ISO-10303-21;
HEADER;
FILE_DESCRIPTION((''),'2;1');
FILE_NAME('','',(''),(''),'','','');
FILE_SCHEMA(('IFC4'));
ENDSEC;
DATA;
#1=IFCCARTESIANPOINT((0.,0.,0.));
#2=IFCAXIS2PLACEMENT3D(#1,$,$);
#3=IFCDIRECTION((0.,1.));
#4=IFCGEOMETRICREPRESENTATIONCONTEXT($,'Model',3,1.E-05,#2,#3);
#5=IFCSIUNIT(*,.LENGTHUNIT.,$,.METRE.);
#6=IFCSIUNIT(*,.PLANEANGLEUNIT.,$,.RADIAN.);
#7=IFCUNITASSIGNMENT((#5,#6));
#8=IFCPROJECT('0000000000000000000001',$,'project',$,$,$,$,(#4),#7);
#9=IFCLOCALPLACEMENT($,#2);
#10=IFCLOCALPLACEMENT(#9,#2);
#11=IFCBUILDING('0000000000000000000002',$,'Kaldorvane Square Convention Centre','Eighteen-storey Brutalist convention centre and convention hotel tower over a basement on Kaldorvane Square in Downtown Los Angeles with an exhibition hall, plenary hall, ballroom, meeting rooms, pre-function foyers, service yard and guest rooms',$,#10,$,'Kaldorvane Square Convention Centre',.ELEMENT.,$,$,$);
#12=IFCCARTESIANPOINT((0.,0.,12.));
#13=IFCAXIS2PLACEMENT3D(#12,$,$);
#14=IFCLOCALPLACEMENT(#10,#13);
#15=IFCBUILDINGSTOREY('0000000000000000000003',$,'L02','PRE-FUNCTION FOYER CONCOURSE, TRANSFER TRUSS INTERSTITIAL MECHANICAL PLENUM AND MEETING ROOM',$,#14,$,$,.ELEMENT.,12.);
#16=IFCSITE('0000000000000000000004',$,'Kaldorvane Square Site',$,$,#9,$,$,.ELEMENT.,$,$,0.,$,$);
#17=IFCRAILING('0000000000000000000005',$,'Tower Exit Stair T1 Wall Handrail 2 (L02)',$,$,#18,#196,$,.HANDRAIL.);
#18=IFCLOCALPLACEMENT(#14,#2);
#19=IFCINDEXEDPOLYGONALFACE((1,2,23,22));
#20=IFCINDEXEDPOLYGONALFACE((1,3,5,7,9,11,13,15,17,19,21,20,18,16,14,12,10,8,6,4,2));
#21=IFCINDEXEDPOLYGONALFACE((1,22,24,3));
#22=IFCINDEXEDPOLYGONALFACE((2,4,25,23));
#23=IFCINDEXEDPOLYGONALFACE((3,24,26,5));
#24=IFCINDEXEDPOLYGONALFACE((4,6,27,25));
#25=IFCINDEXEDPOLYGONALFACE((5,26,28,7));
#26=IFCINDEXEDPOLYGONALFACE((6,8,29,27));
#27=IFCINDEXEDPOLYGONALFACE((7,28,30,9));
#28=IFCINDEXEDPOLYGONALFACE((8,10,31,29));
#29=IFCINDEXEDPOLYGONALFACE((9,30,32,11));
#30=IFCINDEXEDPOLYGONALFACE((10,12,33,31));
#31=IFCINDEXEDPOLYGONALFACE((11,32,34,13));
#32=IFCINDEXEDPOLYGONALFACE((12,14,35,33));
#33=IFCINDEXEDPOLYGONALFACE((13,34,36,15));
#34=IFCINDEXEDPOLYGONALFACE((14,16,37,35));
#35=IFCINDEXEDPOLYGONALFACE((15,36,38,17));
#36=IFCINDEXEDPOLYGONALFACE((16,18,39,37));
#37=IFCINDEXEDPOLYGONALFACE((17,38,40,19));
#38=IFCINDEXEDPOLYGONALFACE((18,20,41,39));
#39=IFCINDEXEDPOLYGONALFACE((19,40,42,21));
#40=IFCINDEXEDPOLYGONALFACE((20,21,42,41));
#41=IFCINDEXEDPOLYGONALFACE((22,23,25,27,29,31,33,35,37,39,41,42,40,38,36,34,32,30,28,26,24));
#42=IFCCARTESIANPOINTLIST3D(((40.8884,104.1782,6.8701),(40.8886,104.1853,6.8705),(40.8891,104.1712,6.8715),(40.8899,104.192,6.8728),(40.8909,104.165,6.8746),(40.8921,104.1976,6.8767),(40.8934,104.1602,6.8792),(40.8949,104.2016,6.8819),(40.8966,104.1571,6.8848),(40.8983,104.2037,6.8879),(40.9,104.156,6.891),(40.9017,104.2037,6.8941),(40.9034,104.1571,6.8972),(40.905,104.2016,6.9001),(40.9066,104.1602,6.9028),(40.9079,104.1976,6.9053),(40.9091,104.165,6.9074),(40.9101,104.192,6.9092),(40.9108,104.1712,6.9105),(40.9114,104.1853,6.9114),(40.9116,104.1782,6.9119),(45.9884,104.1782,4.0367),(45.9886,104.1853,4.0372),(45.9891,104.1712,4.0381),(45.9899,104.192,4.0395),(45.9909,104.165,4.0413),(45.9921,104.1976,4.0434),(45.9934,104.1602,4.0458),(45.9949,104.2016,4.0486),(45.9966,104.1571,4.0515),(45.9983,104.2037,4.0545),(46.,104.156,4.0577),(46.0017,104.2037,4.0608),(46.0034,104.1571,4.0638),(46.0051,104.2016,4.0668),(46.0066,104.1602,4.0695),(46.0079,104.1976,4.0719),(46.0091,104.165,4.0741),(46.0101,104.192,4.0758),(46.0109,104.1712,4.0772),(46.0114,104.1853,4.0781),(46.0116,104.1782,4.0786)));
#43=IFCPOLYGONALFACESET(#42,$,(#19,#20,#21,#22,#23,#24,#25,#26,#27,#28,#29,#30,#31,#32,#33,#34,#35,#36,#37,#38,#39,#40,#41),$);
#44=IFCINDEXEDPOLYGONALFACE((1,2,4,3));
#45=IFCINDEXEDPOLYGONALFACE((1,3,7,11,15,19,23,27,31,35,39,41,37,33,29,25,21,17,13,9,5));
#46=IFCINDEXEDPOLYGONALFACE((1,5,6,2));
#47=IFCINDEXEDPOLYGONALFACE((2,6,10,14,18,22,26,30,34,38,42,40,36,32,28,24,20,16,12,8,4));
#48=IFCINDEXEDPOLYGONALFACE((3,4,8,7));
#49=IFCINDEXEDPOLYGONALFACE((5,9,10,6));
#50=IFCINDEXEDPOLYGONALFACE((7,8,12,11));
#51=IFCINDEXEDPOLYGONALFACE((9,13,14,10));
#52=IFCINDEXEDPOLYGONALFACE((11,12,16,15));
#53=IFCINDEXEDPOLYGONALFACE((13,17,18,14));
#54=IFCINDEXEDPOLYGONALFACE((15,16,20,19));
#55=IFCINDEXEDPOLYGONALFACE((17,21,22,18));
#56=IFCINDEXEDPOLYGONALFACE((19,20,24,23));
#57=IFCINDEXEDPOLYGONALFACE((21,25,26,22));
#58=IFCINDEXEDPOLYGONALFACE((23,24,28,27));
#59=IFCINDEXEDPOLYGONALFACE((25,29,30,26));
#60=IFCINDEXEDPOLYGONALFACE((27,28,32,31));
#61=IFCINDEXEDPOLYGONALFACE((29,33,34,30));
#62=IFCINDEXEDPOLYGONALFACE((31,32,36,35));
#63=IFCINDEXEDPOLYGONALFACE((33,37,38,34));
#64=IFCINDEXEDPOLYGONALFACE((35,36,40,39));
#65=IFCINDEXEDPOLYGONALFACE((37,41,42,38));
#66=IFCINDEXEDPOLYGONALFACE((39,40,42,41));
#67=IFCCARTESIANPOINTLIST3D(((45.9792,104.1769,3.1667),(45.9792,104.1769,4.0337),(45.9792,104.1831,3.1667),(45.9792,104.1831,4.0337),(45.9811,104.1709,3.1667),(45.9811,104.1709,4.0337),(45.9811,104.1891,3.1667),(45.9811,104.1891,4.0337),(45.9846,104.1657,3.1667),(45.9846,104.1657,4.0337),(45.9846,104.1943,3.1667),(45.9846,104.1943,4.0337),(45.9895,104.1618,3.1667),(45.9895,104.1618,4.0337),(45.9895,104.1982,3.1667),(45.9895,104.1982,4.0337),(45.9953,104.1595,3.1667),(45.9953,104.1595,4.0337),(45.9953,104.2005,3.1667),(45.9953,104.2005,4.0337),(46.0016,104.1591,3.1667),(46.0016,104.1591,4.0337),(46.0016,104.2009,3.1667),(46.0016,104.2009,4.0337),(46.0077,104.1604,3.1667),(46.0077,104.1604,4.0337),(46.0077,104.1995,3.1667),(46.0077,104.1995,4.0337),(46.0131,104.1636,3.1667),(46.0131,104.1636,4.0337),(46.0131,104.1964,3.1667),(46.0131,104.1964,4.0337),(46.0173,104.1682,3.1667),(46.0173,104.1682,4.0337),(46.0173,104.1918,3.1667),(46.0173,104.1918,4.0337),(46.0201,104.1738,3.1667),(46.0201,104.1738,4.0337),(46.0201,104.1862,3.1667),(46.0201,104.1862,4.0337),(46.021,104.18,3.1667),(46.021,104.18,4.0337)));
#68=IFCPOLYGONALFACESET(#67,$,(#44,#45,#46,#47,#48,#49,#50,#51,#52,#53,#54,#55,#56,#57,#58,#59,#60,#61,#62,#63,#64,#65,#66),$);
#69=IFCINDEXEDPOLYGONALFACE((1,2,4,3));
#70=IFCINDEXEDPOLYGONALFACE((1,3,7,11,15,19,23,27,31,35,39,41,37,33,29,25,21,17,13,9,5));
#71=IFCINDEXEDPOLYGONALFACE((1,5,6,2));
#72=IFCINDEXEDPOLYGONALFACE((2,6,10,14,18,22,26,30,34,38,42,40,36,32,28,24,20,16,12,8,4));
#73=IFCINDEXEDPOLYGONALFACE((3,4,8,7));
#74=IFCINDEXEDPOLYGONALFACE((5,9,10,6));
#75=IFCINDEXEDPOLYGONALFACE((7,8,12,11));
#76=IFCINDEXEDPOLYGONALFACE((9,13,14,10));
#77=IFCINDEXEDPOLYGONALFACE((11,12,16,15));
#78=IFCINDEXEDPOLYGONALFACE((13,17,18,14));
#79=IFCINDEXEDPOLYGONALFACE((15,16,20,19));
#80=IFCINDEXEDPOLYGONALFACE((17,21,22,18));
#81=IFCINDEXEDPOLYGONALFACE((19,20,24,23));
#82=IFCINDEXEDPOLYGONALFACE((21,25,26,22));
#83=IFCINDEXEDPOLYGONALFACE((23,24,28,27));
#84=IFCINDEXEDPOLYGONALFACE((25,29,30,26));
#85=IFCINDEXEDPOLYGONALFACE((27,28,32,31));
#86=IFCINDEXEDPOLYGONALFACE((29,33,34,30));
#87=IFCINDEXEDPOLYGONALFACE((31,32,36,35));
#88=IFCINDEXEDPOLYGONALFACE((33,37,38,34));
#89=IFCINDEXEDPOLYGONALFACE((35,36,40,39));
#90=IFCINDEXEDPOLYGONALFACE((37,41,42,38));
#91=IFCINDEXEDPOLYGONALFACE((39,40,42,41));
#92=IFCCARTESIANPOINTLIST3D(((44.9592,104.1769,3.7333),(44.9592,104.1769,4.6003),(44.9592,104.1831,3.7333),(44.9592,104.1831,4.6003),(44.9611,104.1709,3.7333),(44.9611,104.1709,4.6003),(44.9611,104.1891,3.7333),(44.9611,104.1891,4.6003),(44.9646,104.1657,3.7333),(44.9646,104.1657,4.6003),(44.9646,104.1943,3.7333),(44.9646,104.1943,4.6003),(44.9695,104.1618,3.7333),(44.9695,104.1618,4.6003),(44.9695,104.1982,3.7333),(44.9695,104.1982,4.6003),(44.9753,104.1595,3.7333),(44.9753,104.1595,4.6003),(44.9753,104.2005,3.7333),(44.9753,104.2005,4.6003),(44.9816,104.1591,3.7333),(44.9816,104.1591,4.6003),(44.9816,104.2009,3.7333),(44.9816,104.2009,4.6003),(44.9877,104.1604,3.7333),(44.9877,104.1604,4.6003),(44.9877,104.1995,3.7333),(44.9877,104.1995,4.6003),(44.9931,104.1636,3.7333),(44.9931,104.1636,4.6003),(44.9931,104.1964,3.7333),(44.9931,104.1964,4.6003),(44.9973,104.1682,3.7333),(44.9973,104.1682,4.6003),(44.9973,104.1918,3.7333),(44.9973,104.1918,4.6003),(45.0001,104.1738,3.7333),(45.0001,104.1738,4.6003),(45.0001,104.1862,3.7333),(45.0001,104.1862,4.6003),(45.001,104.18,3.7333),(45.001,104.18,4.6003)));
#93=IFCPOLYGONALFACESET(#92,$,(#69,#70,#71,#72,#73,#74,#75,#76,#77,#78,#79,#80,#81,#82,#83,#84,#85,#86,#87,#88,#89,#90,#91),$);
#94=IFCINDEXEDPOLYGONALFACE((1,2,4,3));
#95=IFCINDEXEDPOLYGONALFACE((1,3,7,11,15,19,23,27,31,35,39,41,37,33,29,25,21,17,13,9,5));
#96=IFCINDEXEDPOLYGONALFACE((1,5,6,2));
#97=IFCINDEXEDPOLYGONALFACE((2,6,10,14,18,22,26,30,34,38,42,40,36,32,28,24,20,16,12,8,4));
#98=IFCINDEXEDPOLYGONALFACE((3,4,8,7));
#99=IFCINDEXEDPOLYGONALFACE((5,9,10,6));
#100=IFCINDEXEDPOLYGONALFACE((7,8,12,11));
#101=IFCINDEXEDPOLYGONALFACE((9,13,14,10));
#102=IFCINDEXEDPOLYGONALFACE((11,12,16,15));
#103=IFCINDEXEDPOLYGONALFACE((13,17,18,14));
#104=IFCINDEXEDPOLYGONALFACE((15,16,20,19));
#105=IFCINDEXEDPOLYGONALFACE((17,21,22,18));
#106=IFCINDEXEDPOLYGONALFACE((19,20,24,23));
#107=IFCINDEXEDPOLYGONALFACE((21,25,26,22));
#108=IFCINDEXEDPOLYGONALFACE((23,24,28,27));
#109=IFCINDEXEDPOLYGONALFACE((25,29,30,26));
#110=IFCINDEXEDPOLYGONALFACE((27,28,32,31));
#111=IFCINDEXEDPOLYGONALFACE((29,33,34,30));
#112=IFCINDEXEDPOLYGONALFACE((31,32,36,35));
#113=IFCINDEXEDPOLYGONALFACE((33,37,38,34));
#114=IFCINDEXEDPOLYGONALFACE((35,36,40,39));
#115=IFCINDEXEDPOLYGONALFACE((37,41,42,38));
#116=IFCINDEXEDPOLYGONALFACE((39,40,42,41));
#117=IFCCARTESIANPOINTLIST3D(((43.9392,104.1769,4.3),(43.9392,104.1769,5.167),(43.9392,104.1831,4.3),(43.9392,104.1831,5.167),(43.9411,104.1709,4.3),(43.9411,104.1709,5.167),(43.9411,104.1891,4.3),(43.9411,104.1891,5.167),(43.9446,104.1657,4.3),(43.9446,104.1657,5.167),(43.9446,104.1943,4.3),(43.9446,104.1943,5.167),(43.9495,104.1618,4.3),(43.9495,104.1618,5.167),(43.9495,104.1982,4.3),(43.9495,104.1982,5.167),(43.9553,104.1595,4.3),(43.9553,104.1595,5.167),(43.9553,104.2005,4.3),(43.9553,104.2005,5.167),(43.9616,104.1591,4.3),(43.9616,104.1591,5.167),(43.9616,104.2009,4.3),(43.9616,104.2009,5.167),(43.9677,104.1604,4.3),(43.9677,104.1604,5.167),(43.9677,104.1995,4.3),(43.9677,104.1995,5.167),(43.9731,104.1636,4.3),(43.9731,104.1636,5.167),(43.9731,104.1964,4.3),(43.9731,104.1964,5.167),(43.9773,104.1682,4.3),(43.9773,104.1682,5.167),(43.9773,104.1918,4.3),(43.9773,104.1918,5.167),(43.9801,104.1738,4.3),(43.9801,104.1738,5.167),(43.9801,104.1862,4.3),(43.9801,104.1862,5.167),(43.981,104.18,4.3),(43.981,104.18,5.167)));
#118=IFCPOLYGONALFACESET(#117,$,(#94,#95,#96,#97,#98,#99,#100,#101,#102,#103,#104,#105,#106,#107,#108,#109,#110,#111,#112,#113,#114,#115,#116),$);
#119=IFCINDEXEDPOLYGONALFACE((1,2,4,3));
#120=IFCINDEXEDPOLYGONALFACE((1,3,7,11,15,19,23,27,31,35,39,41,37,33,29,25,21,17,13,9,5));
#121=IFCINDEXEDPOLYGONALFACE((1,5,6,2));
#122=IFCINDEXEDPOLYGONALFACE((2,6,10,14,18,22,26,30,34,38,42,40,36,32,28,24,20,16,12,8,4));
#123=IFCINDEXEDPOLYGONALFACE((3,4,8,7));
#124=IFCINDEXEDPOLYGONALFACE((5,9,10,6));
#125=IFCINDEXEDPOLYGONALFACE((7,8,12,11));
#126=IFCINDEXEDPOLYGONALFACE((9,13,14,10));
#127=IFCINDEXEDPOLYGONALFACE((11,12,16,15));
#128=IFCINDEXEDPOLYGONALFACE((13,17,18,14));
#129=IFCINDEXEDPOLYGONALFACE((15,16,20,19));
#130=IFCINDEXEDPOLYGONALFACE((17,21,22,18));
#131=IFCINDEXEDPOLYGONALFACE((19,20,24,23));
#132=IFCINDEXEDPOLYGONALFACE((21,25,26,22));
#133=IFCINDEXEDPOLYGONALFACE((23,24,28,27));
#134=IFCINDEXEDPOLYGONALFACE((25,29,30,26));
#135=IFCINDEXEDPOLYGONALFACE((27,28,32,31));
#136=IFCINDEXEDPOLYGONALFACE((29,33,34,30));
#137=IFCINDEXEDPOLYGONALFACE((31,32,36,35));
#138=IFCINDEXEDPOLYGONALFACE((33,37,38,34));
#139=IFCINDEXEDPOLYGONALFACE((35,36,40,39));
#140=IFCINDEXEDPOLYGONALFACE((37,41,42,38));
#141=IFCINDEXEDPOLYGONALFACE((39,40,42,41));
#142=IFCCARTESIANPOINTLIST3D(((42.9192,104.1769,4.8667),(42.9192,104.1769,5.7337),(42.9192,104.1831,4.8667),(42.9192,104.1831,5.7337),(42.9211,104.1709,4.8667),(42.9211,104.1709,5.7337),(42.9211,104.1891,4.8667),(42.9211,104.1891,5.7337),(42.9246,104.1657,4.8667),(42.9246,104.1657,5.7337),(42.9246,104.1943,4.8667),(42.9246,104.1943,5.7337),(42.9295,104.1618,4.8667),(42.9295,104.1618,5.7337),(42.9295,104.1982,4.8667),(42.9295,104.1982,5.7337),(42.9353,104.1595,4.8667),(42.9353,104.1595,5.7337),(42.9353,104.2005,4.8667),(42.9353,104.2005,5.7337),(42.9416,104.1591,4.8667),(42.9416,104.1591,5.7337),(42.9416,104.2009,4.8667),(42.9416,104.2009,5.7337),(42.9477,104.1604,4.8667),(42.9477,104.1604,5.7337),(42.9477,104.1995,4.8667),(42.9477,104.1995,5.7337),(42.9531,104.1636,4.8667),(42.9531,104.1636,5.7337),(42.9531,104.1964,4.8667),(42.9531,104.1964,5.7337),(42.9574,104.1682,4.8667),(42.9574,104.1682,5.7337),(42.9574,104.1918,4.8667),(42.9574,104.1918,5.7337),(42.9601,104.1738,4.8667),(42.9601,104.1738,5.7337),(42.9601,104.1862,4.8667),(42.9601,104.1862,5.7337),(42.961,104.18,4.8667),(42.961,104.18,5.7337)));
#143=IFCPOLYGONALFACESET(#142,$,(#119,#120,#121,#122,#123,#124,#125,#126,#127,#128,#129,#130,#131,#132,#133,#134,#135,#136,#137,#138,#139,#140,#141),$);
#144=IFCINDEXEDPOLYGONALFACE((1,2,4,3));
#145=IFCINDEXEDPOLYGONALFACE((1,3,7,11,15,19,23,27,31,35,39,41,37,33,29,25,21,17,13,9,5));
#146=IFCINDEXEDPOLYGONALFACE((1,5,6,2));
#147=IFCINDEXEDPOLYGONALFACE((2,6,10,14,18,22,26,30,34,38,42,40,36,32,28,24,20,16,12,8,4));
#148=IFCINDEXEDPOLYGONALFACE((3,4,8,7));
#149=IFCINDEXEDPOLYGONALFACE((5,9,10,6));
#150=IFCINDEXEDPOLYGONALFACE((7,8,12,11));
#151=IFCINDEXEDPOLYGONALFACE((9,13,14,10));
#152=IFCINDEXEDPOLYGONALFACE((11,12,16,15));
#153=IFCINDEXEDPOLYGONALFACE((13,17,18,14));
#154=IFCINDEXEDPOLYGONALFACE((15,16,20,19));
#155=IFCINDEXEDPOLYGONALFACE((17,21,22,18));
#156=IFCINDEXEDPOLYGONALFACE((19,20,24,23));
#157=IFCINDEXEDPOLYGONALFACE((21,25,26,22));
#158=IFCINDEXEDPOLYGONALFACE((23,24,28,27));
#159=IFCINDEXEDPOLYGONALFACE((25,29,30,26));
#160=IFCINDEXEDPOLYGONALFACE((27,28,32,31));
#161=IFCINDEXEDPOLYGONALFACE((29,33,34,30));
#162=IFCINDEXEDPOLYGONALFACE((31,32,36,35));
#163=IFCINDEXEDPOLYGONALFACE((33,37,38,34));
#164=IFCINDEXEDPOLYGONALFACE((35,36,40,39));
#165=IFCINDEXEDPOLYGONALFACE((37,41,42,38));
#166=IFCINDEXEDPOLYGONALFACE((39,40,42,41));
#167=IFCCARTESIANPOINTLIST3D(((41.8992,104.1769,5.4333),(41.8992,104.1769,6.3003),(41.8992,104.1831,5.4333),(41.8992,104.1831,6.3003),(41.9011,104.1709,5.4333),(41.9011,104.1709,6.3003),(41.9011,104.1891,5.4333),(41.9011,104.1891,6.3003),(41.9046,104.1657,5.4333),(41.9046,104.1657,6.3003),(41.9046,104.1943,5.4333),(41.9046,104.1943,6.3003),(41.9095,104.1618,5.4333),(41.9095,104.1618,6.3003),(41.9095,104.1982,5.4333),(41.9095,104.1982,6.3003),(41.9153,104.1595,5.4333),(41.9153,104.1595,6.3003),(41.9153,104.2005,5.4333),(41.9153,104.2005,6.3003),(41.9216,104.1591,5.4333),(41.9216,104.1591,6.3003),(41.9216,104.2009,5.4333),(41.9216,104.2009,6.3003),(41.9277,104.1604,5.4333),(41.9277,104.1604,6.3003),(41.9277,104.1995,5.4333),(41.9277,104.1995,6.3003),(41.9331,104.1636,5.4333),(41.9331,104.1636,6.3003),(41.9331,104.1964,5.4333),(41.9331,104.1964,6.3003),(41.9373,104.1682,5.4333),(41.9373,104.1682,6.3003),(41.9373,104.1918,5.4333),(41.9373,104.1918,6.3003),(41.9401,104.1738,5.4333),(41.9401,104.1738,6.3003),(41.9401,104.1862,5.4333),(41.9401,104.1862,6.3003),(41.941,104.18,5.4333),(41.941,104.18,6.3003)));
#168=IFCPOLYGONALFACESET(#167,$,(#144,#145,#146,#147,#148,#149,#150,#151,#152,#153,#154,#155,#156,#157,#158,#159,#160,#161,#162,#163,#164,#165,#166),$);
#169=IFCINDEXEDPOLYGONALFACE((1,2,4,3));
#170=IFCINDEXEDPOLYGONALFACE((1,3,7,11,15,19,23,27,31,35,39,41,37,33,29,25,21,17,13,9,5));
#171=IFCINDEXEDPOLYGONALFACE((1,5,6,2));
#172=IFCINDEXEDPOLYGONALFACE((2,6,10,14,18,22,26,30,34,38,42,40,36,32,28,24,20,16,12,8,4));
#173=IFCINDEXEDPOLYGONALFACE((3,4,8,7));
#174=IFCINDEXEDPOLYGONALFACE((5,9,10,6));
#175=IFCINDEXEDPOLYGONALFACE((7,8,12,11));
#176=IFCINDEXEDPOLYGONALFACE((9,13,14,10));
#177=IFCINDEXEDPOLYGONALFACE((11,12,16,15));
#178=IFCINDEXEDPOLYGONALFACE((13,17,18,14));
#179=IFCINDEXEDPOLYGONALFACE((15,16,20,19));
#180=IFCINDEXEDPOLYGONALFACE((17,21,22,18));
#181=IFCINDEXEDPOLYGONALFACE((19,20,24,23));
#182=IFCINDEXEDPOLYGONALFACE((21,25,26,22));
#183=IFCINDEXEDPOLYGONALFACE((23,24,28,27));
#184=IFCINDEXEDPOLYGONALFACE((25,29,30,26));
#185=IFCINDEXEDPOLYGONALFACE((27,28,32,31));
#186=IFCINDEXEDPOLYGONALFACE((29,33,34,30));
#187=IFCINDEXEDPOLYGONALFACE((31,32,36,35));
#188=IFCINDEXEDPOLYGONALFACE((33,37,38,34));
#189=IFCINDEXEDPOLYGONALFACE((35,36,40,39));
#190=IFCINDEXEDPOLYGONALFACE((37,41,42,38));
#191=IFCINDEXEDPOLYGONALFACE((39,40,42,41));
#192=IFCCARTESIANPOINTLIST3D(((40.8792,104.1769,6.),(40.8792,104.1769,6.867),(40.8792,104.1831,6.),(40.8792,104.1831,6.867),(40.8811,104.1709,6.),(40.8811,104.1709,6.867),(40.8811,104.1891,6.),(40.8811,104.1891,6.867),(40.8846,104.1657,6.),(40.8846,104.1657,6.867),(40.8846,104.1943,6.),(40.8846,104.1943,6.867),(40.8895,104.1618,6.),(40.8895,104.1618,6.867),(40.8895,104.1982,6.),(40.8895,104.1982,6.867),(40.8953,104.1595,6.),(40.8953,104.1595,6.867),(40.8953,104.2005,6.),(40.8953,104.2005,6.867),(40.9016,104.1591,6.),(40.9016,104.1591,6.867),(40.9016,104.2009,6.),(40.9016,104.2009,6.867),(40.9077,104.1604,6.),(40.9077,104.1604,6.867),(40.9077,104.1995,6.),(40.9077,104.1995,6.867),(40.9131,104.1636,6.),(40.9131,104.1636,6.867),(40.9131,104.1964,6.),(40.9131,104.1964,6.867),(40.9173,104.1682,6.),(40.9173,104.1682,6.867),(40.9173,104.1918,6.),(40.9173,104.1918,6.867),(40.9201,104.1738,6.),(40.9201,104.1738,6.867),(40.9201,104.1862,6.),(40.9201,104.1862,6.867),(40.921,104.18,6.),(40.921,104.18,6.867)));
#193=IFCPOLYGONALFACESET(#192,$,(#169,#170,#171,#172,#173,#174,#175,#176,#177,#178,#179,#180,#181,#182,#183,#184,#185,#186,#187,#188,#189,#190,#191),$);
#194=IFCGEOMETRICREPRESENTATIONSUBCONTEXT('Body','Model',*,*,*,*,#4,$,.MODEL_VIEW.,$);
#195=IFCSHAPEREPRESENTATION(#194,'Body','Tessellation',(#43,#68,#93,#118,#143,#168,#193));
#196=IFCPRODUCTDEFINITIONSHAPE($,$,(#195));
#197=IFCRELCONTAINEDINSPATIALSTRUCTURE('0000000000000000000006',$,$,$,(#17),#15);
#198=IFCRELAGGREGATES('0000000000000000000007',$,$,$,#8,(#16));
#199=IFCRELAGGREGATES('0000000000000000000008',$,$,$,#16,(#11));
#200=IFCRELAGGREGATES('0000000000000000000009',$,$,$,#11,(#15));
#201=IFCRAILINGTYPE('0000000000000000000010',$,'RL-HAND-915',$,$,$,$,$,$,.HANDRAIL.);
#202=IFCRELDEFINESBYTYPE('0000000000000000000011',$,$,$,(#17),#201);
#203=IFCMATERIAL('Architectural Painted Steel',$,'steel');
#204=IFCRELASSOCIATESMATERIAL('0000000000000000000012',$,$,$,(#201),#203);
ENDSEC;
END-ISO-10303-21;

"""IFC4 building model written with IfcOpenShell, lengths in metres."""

from ifc_helpers import new_model, si_unit, direction, frame, origin, origin_2d, place, context, subcontext, project, spatial, circle, extrude, material, type_object, element, save


model = new_model("IFC4")

# Units and contexts
model_context = context("Model", 3, precision=1e-05, world=origin(), true_north=direction((0.0, 1.0)))
body_context = subcontext(model_context, "Body", "Model", "MODEL_VIEW")
ifc_project = project(units=[si_unit("LENGTHUNIT", "METRE"), si_unit("PLANEANGLEUNIT", "RADIAN")], contexts=[model_context])

# Site, building, storey
site_placement = place(None, origin())
site = spatial("IfcSite", under=ifc_project, at=site_placement, Name="Kaldorvane Square Site", CompositionType="ELEMENT", RefElevation=0.0)
building_placement = place(site_placement, origin())
building = spatial("IfcBuilding", under=site, at=building_placement, Name="Kaldorvane Square Convention Centre", Description="Eighteen-storey Brutalist convention centre and convention hotel tower over a basement on Kaldorvane Square in Downtown Los Angeles with an exhibition hall, plenary hall, ballroom, meeting rooms, pre-function foyers, service yard and guest rooms", LongName="Kaldorvane Square Convention Centre", CompositionType="ELEMENT")
storey_placement = place(building_placement, frame((0.0, 0.0, 12.0)))
storey = spatial("IfcBuildingStorey", under=building, at=storey_placement, Name="L02", Description="PRE-FUNCTION FOYER CONCOURSE, TRANSFER TRUSS INTERSTITIAL MECHANICAL PLENUM AND MEETING ROOM", CompositionType="ELEMENT", Elevation=12.0)

# Railing
ifc_material_1 = material(Name="Architectural Painted Steel", Category="steel")
railing_type = type_object("IfcRailingType", Name="RL-HAND-915", PredefinedType="HANDRAIL", material=ifc_material_1)
railing_placement = place(storey_placement, frame((46.0, 104.18, 3.1667)))
element("IfcRailing", 1, at=railing_placement, inside=storey, type_object=railing_type, Name="Tower Exit Stair T1 Wall Handrail 2 (L02)", PredefinedType="HANDRAIL", context=body_context, shape_type="SweptSolid", body=[
    extrude(circle(Radius=0.024, at=origin_2d()), frame((0.0, 0.0, 0.891), z_axis=(-0.874158, 0.0, 0.485642), x_axis=(0.0, -1.0, 0.0)), (0.0, 0.0, 1.0), 5.8342),
    extrude(circle(Radius=0.021, at=origin_2d()), origin(), (0.0, 0.0, 1.0), 0.867),
    extrude(circle(Radius=0.021, at=origin_2d()), frame((-1.02, 0.0, 0.5667)), (0.0, 0.0, 1.0), 0.867),
    extrude(circle(Radius=0.021, at=origin_2d()), frame((-2.04, 0.0, 1.1333)), (0.0, 0.0, 1.0), 0.867),
    extrude(circle(Radius=0.021, at=origin_2d()), frame((-3.06, 0.0, 1.7)), (0.0, 0.0, 1.0), 0.867),
    extrude(circle(Radius=0.021, at=origin_2d()), frame((-4.08, 0.0, 2.2667)), (0.0, 0.0, 1.0), 0.867),
    extrude(circle(Radius=0.021, at=origin_2d()), frame((-5.1, 0.0, 2.8333)), (0.0, 0.0, 1.0), 0.867),
])

save(model, "model.ifc")
